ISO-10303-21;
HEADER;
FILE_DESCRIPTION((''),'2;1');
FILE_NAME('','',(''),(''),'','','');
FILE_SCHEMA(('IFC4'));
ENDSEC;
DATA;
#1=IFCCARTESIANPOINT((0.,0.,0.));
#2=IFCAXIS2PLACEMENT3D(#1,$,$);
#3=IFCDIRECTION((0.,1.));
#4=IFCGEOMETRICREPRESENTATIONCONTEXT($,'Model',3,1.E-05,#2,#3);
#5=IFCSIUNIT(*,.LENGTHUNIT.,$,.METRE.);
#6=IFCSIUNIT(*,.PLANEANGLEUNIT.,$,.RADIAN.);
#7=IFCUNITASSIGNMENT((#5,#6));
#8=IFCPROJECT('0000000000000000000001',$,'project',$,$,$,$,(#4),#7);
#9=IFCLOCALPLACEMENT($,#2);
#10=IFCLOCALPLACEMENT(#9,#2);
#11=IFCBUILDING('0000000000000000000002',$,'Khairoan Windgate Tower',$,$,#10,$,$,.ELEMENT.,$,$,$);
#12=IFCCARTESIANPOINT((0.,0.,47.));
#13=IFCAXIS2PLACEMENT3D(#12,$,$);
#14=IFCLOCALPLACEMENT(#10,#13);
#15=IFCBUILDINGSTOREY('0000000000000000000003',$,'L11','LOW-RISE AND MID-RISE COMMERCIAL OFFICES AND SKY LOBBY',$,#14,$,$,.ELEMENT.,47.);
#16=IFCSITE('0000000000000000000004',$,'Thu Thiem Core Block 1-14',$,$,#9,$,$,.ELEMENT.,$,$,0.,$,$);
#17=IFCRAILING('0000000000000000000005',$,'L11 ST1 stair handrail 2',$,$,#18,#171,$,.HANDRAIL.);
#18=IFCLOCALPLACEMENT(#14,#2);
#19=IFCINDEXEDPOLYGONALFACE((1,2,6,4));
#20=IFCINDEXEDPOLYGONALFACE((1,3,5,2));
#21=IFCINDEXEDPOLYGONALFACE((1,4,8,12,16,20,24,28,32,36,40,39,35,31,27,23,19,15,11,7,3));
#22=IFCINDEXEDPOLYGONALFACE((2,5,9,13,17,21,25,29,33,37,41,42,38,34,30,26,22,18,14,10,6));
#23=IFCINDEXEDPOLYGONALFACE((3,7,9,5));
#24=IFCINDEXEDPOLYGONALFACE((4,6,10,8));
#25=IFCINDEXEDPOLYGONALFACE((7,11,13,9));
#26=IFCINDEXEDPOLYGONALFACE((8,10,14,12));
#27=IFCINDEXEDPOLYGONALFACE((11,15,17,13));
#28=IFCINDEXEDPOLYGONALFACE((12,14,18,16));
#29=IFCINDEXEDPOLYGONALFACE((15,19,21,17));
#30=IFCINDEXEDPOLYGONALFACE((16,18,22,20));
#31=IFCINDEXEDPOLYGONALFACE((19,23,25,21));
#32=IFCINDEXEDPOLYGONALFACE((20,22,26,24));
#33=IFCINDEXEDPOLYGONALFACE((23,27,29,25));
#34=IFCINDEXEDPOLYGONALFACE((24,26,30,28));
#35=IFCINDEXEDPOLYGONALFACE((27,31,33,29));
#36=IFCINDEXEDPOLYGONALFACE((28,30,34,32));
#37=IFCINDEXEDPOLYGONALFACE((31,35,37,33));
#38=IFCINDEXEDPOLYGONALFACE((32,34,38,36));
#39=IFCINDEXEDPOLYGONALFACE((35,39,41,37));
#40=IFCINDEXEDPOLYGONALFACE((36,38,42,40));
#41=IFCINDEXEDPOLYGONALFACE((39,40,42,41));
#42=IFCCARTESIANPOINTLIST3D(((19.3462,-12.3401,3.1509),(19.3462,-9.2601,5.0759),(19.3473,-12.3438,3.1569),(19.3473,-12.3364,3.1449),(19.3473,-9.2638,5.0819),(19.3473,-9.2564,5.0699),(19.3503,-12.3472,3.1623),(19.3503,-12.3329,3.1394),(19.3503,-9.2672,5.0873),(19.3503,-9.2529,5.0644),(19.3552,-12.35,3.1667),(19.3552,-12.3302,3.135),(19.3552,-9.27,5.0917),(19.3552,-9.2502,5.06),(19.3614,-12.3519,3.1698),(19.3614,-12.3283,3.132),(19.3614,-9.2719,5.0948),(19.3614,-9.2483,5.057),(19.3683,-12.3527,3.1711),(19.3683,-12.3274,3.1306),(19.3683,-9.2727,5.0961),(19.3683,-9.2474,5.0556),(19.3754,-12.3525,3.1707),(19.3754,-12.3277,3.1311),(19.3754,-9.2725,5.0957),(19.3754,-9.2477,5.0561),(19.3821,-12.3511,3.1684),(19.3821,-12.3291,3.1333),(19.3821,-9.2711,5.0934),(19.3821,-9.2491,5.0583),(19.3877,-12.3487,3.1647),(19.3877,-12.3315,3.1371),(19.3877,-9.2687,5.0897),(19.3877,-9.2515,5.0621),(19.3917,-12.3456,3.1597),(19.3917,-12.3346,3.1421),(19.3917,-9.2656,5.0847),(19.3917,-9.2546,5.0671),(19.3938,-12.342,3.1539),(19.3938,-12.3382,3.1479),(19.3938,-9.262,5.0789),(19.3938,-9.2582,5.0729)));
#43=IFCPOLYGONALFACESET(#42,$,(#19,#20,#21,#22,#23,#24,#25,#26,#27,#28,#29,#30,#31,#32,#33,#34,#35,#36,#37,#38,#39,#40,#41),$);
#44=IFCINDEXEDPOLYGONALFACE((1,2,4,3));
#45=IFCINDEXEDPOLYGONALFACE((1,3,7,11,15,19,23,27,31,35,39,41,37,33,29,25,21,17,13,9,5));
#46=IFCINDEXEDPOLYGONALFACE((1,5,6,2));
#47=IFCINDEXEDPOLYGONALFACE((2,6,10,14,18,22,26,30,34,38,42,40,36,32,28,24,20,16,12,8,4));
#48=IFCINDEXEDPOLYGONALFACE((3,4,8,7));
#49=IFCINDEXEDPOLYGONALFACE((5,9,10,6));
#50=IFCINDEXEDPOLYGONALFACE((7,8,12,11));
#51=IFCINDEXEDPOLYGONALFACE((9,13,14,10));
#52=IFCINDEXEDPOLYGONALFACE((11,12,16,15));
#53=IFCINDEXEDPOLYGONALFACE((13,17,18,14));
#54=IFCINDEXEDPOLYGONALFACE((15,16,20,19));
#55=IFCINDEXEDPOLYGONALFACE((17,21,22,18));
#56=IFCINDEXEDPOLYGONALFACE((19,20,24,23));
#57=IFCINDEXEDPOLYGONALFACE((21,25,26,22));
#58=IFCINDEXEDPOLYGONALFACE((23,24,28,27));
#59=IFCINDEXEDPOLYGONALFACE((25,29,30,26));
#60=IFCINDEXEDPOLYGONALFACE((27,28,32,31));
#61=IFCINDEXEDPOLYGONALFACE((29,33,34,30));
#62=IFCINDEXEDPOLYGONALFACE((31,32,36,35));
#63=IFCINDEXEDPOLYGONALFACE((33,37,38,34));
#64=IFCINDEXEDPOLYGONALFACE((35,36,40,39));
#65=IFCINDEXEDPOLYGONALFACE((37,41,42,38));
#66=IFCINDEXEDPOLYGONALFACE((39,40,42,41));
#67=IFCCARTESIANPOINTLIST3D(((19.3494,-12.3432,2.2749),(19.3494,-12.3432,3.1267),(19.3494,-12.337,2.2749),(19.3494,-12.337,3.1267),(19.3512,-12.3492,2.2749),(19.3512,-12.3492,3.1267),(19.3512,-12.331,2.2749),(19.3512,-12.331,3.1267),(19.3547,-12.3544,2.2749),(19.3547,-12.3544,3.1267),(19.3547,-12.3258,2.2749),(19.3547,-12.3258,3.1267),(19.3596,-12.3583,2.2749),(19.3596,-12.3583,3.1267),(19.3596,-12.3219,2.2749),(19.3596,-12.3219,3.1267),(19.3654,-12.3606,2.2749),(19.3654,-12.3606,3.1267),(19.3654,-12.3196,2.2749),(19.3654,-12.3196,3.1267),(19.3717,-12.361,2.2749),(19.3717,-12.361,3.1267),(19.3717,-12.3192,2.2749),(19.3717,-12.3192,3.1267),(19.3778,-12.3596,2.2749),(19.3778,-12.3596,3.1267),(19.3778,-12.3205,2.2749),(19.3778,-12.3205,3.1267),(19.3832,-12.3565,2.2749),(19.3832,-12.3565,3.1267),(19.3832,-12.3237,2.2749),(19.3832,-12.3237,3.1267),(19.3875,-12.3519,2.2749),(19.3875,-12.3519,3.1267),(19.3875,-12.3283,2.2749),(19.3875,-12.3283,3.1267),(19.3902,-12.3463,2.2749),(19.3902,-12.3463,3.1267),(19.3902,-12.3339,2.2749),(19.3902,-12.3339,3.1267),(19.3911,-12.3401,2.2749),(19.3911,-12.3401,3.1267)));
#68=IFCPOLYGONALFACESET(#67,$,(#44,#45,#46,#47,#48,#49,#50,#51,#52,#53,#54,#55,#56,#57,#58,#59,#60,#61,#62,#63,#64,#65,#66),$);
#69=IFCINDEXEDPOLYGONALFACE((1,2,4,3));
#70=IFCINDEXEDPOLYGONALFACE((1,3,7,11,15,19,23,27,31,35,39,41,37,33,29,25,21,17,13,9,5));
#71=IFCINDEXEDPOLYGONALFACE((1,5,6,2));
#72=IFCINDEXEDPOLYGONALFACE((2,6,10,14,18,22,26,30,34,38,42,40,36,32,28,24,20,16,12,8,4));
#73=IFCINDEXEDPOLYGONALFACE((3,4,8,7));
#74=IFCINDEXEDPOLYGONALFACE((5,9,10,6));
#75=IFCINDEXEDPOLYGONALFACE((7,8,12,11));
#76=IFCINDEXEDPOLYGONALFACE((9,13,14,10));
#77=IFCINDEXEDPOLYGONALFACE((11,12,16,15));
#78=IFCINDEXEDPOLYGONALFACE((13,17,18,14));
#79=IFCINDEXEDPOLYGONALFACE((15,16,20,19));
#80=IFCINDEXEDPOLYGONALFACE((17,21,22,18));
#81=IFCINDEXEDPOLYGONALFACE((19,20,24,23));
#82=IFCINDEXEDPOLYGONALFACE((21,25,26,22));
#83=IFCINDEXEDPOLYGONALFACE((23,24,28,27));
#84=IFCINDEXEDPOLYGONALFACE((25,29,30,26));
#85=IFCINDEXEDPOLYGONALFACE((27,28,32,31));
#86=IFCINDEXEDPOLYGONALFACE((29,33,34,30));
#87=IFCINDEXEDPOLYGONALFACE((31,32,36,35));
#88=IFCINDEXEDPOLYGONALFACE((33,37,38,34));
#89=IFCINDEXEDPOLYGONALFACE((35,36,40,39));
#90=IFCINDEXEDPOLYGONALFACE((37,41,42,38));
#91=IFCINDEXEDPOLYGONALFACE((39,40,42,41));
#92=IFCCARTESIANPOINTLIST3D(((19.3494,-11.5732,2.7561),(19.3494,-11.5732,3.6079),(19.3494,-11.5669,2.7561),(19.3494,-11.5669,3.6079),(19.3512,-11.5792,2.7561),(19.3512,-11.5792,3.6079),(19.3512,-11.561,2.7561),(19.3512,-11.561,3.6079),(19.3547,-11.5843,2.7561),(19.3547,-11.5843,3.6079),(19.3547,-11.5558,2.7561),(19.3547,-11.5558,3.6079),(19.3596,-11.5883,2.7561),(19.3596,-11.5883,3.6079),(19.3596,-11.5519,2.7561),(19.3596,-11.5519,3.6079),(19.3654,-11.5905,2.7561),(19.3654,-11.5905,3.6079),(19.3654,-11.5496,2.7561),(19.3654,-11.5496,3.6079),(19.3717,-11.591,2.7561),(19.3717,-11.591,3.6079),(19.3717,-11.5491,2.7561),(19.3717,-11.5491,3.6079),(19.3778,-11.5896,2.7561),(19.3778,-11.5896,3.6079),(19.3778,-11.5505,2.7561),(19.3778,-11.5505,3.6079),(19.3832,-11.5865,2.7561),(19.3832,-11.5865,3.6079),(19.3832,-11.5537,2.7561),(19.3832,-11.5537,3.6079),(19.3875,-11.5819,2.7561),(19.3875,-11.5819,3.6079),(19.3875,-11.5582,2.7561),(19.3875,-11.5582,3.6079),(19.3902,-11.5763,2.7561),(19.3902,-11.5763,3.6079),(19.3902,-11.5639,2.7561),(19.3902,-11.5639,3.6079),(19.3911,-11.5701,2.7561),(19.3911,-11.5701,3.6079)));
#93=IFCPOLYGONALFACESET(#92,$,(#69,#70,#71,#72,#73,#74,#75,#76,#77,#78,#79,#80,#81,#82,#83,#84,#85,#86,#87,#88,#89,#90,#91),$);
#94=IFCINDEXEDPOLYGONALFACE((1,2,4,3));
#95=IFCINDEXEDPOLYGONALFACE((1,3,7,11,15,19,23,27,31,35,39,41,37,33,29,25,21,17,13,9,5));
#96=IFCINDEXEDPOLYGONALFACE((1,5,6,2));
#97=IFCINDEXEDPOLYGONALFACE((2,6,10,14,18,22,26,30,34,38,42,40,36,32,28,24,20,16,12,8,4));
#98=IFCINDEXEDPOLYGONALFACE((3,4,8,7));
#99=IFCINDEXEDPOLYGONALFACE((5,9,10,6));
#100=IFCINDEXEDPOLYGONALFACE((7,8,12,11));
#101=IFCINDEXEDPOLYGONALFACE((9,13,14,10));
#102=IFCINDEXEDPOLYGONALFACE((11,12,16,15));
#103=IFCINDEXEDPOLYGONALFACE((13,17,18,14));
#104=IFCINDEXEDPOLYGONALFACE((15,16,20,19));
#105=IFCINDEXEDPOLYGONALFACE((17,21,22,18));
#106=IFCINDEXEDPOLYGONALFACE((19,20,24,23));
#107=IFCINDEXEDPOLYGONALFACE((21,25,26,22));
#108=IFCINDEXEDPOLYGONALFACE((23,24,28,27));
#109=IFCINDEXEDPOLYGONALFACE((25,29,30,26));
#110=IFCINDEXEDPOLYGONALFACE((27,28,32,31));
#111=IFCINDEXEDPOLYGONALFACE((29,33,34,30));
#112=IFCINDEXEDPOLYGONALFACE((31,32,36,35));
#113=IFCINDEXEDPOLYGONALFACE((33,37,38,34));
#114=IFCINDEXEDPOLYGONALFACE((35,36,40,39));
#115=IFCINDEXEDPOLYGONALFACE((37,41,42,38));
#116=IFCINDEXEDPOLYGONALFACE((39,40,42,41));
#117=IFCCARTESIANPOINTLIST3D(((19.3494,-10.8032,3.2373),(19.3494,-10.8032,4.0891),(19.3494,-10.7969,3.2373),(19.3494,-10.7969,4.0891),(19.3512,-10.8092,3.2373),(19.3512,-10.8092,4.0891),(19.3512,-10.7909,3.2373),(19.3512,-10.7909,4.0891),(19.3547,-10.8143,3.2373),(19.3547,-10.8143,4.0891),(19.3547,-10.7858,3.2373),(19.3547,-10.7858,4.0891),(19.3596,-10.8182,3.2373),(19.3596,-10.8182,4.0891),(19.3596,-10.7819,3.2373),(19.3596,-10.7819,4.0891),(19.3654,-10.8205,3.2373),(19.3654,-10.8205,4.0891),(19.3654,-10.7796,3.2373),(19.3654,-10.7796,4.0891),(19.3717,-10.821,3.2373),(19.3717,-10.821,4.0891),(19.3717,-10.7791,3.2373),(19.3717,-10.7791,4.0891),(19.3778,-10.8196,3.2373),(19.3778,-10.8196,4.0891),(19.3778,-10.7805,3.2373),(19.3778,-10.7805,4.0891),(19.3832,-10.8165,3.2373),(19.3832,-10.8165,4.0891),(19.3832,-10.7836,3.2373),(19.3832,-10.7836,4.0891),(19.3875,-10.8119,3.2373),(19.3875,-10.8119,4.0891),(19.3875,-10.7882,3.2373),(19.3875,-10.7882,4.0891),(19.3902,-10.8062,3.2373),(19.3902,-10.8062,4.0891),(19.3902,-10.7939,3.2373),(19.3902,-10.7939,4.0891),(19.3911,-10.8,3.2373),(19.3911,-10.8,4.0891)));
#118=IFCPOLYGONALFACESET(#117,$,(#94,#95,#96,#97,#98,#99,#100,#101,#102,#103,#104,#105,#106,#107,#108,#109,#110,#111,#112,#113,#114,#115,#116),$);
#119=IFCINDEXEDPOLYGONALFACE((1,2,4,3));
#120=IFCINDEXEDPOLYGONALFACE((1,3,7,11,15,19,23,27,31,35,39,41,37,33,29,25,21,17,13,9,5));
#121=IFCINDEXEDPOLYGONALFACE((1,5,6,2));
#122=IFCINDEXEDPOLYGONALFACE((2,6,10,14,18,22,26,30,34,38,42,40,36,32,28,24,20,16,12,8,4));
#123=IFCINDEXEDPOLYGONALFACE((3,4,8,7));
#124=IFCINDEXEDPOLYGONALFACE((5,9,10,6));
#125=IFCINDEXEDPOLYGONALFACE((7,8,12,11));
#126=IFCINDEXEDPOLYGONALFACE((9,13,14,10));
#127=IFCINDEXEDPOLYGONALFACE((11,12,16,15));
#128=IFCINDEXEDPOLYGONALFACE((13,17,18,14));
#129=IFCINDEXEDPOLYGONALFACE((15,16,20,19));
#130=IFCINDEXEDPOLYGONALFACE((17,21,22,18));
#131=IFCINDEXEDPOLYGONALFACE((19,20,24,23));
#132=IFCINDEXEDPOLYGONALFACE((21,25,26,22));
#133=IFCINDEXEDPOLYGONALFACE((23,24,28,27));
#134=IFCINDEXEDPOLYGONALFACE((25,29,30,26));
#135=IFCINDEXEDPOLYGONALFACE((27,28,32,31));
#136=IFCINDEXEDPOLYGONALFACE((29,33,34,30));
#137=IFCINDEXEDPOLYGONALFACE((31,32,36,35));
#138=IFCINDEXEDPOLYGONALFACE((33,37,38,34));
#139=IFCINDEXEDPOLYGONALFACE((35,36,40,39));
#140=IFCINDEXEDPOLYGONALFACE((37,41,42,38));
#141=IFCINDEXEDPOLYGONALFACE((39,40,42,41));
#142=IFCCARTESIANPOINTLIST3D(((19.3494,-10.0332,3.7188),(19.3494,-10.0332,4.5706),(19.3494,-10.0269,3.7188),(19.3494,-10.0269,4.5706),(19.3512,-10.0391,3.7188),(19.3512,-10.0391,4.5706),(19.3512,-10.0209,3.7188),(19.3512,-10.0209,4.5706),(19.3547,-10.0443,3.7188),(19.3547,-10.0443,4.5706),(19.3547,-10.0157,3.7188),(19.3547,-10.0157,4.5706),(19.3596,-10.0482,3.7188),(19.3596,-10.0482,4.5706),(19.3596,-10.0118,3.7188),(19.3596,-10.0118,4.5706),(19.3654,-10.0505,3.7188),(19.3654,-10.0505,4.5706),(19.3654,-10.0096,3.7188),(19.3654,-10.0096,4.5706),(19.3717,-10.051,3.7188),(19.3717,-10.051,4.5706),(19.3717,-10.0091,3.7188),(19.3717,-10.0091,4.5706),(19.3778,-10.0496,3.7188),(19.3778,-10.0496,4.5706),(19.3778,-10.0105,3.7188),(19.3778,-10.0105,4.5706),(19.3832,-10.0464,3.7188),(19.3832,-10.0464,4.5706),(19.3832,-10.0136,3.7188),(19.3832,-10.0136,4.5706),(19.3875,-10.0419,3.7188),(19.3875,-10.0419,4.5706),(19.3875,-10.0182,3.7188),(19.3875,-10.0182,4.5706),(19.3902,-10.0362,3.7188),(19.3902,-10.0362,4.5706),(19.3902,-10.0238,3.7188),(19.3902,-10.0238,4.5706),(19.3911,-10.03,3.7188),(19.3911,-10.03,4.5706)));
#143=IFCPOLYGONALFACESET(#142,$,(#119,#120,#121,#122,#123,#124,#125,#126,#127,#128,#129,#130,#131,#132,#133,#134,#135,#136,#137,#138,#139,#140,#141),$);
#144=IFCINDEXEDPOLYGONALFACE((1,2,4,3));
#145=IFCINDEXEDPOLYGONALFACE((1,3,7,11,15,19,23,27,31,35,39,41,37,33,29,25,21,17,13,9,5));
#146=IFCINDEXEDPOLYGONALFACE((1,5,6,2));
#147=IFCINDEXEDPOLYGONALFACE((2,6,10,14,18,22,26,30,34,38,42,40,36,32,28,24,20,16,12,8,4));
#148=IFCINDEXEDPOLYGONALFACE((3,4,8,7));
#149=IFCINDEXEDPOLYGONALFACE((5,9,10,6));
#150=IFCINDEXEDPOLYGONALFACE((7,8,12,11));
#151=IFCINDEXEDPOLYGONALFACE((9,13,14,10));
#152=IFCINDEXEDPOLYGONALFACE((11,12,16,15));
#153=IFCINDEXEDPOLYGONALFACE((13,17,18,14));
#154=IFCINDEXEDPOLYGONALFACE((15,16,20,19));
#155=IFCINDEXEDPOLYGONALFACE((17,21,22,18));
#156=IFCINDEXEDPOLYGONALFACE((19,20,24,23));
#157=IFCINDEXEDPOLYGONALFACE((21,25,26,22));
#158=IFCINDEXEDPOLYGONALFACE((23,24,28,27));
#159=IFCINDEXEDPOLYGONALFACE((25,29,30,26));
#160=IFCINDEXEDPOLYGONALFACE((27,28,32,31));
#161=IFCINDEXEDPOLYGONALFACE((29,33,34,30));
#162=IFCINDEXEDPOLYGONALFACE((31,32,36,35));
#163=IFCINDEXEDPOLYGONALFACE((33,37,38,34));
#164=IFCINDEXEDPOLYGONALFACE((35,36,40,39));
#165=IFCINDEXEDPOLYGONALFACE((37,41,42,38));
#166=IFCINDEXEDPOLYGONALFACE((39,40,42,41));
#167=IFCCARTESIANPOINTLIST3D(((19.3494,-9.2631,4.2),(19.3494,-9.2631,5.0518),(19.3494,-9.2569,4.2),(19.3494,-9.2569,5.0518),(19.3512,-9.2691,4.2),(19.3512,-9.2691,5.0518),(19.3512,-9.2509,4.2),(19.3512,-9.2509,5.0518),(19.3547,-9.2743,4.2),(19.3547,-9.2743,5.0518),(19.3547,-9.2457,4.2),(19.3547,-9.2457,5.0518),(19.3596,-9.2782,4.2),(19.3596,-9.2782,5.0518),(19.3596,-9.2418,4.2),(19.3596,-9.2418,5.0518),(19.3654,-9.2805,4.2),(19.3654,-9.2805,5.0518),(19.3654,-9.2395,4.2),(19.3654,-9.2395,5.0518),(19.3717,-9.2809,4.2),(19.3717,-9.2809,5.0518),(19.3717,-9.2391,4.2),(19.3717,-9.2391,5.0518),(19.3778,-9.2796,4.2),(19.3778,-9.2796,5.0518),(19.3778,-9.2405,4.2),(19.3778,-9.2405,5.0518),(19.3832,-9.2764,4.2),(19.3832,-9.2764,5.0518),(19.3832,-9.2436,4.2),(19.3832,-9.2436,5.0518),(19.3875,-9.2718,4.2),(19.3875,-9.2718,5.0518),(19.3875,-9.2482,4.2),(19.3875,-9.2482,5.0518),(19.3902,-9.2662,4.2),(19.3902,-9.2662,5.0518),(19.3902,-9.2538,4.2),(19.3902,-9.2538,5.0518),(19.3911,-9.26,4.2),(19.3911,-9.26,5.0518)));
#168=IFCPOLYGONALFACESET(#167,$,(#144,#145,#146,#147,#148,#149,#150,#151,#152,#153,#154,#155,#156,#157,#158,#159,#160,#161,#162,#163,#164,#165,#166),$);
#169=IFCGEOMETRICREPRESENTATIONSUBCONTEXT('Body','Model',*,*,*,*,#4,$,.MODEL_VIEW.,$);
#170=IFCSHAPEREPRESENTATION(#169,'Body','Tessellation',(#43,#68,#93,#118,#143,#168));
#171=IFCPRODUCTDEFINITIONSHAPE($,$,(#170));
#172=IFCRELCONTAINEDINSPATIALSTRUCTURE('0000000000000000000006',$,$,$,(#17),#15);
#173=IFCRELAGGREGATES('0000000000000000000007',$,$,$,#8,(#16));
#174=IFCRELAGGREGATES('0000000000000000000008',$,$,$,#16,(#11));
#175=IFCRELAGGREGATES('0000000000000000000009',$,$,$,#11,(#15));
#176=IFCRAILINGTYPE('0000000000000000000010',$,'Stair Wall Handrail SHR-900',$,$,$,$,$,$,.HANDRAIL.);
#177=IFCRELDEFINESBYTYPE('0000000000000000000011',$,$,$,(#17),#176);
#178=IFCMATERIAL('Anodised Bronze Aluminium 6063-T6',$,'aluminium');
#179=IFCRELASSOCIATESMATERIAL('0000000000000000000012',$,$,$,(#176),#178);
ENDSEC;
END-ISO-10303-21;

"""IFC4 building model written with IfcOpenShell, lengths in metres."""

from ifc_helpers import new_model, si_unit, direction, frame, origin, origin_2d, place, context, subcontext, project, spatial, circle, extrude, material, type_object, element, save


model = new_model("IFC4")

# Units and contexts
model_context = context("Model", 3, precision=1e-05, world=origin(), true_north=direction((0.0, 1.0)))
body_context = subcontext(model_context, "Body", "Model", "MODEL_VIEW")
ifc_project = project(units=[si_unit("LENGTHUNIT", "METRE"), si_unit("PLANEANGLEUNIT", "RADIAN")], contexts=[model_context])

# Site, building, storey
site_placement = place(None, origin())
site = spatial("IfcSite", under=ifc_project, at=site_placement, Name="Thu Thiem Core Block 1-14", CompositionType="ELEMENT", RefElevation=0.0)
building_placement = place(site_placement, origin())
building = spatial("IfcBuilding", under=site, at=building_placement, Name="Khairoan Windgate Tower", CompositionType="ELEMENT")
storey_placement = place(building_placement, frame((0.0, 0.0, 47.0)))
storey = spatial("IfcBuildingStorey", under=building, at=storey_placement, Name="L11", Description="LOW-RISE AND MID-RISE COMMERCIAL OFFICES AND SKY LOBBY", CompositionType="ELEMENT", Elevation=47.0)

# Railing
ifc_material_1 = material(Name="Anodised Bronze Aluminium 6063-T6", Category="aluminium")
railing_type_1 = type_object("IfcRailingType", Name="Stair Wall Handrail SHR-900", PredefinedType="HANDRAIL", material=ifc_material_1)
railing_1_placement = place(storey_placement, frame((19.3701, -12.3401, 2.2749)))
element("IfcRailing", 1, at=railing_1_placement, inside=storey, type_object=railing_type_1, Name="L11 ST1 stair handrail 2", PredefinedType="HANDRAIL", context=body_context, shape_type="SweptSolid", body=[
    extrude(circle(Radius=0.0239, at=origin_2d()), frame((0.0, 0.0, 0.876), z_axis=(0.0, 0.847998, 0.529999), x_axis=(-1.0, 0.0, 0.0)), (0.0, 0.0, 1.0), 3.6321),
    extrude(circle(Radius=0.021, at=origin_2d()), origin(), (0.0, 0.0, 1.0), 0.8518),
    extrude(circle(Radius=0.021, at=origin_2d()), frame((0.0, 0.77, 0.4812)), (0.0, 0.0, 1.0), 0.8518),
    extrude(circle(Radius=0.021, at=origin_2d()), frame((0.0, 1.54, 0.9624)), (0.0, 0.0, 1.0), 0.8518),
    extrude(circle(Radius=0.021, at=origin_2d()), frame((0.0, 2.3101, 1.4438)), (0.0, 0.0, 1.0), 0.8518),
    extrude(circle(Radius=0.021, at=origin_2d()), frame((0.0, 3.0801, 1.925)), (0.0, 0.0, 1.0), 0.8518),
])

save(model, "model.ifc")
